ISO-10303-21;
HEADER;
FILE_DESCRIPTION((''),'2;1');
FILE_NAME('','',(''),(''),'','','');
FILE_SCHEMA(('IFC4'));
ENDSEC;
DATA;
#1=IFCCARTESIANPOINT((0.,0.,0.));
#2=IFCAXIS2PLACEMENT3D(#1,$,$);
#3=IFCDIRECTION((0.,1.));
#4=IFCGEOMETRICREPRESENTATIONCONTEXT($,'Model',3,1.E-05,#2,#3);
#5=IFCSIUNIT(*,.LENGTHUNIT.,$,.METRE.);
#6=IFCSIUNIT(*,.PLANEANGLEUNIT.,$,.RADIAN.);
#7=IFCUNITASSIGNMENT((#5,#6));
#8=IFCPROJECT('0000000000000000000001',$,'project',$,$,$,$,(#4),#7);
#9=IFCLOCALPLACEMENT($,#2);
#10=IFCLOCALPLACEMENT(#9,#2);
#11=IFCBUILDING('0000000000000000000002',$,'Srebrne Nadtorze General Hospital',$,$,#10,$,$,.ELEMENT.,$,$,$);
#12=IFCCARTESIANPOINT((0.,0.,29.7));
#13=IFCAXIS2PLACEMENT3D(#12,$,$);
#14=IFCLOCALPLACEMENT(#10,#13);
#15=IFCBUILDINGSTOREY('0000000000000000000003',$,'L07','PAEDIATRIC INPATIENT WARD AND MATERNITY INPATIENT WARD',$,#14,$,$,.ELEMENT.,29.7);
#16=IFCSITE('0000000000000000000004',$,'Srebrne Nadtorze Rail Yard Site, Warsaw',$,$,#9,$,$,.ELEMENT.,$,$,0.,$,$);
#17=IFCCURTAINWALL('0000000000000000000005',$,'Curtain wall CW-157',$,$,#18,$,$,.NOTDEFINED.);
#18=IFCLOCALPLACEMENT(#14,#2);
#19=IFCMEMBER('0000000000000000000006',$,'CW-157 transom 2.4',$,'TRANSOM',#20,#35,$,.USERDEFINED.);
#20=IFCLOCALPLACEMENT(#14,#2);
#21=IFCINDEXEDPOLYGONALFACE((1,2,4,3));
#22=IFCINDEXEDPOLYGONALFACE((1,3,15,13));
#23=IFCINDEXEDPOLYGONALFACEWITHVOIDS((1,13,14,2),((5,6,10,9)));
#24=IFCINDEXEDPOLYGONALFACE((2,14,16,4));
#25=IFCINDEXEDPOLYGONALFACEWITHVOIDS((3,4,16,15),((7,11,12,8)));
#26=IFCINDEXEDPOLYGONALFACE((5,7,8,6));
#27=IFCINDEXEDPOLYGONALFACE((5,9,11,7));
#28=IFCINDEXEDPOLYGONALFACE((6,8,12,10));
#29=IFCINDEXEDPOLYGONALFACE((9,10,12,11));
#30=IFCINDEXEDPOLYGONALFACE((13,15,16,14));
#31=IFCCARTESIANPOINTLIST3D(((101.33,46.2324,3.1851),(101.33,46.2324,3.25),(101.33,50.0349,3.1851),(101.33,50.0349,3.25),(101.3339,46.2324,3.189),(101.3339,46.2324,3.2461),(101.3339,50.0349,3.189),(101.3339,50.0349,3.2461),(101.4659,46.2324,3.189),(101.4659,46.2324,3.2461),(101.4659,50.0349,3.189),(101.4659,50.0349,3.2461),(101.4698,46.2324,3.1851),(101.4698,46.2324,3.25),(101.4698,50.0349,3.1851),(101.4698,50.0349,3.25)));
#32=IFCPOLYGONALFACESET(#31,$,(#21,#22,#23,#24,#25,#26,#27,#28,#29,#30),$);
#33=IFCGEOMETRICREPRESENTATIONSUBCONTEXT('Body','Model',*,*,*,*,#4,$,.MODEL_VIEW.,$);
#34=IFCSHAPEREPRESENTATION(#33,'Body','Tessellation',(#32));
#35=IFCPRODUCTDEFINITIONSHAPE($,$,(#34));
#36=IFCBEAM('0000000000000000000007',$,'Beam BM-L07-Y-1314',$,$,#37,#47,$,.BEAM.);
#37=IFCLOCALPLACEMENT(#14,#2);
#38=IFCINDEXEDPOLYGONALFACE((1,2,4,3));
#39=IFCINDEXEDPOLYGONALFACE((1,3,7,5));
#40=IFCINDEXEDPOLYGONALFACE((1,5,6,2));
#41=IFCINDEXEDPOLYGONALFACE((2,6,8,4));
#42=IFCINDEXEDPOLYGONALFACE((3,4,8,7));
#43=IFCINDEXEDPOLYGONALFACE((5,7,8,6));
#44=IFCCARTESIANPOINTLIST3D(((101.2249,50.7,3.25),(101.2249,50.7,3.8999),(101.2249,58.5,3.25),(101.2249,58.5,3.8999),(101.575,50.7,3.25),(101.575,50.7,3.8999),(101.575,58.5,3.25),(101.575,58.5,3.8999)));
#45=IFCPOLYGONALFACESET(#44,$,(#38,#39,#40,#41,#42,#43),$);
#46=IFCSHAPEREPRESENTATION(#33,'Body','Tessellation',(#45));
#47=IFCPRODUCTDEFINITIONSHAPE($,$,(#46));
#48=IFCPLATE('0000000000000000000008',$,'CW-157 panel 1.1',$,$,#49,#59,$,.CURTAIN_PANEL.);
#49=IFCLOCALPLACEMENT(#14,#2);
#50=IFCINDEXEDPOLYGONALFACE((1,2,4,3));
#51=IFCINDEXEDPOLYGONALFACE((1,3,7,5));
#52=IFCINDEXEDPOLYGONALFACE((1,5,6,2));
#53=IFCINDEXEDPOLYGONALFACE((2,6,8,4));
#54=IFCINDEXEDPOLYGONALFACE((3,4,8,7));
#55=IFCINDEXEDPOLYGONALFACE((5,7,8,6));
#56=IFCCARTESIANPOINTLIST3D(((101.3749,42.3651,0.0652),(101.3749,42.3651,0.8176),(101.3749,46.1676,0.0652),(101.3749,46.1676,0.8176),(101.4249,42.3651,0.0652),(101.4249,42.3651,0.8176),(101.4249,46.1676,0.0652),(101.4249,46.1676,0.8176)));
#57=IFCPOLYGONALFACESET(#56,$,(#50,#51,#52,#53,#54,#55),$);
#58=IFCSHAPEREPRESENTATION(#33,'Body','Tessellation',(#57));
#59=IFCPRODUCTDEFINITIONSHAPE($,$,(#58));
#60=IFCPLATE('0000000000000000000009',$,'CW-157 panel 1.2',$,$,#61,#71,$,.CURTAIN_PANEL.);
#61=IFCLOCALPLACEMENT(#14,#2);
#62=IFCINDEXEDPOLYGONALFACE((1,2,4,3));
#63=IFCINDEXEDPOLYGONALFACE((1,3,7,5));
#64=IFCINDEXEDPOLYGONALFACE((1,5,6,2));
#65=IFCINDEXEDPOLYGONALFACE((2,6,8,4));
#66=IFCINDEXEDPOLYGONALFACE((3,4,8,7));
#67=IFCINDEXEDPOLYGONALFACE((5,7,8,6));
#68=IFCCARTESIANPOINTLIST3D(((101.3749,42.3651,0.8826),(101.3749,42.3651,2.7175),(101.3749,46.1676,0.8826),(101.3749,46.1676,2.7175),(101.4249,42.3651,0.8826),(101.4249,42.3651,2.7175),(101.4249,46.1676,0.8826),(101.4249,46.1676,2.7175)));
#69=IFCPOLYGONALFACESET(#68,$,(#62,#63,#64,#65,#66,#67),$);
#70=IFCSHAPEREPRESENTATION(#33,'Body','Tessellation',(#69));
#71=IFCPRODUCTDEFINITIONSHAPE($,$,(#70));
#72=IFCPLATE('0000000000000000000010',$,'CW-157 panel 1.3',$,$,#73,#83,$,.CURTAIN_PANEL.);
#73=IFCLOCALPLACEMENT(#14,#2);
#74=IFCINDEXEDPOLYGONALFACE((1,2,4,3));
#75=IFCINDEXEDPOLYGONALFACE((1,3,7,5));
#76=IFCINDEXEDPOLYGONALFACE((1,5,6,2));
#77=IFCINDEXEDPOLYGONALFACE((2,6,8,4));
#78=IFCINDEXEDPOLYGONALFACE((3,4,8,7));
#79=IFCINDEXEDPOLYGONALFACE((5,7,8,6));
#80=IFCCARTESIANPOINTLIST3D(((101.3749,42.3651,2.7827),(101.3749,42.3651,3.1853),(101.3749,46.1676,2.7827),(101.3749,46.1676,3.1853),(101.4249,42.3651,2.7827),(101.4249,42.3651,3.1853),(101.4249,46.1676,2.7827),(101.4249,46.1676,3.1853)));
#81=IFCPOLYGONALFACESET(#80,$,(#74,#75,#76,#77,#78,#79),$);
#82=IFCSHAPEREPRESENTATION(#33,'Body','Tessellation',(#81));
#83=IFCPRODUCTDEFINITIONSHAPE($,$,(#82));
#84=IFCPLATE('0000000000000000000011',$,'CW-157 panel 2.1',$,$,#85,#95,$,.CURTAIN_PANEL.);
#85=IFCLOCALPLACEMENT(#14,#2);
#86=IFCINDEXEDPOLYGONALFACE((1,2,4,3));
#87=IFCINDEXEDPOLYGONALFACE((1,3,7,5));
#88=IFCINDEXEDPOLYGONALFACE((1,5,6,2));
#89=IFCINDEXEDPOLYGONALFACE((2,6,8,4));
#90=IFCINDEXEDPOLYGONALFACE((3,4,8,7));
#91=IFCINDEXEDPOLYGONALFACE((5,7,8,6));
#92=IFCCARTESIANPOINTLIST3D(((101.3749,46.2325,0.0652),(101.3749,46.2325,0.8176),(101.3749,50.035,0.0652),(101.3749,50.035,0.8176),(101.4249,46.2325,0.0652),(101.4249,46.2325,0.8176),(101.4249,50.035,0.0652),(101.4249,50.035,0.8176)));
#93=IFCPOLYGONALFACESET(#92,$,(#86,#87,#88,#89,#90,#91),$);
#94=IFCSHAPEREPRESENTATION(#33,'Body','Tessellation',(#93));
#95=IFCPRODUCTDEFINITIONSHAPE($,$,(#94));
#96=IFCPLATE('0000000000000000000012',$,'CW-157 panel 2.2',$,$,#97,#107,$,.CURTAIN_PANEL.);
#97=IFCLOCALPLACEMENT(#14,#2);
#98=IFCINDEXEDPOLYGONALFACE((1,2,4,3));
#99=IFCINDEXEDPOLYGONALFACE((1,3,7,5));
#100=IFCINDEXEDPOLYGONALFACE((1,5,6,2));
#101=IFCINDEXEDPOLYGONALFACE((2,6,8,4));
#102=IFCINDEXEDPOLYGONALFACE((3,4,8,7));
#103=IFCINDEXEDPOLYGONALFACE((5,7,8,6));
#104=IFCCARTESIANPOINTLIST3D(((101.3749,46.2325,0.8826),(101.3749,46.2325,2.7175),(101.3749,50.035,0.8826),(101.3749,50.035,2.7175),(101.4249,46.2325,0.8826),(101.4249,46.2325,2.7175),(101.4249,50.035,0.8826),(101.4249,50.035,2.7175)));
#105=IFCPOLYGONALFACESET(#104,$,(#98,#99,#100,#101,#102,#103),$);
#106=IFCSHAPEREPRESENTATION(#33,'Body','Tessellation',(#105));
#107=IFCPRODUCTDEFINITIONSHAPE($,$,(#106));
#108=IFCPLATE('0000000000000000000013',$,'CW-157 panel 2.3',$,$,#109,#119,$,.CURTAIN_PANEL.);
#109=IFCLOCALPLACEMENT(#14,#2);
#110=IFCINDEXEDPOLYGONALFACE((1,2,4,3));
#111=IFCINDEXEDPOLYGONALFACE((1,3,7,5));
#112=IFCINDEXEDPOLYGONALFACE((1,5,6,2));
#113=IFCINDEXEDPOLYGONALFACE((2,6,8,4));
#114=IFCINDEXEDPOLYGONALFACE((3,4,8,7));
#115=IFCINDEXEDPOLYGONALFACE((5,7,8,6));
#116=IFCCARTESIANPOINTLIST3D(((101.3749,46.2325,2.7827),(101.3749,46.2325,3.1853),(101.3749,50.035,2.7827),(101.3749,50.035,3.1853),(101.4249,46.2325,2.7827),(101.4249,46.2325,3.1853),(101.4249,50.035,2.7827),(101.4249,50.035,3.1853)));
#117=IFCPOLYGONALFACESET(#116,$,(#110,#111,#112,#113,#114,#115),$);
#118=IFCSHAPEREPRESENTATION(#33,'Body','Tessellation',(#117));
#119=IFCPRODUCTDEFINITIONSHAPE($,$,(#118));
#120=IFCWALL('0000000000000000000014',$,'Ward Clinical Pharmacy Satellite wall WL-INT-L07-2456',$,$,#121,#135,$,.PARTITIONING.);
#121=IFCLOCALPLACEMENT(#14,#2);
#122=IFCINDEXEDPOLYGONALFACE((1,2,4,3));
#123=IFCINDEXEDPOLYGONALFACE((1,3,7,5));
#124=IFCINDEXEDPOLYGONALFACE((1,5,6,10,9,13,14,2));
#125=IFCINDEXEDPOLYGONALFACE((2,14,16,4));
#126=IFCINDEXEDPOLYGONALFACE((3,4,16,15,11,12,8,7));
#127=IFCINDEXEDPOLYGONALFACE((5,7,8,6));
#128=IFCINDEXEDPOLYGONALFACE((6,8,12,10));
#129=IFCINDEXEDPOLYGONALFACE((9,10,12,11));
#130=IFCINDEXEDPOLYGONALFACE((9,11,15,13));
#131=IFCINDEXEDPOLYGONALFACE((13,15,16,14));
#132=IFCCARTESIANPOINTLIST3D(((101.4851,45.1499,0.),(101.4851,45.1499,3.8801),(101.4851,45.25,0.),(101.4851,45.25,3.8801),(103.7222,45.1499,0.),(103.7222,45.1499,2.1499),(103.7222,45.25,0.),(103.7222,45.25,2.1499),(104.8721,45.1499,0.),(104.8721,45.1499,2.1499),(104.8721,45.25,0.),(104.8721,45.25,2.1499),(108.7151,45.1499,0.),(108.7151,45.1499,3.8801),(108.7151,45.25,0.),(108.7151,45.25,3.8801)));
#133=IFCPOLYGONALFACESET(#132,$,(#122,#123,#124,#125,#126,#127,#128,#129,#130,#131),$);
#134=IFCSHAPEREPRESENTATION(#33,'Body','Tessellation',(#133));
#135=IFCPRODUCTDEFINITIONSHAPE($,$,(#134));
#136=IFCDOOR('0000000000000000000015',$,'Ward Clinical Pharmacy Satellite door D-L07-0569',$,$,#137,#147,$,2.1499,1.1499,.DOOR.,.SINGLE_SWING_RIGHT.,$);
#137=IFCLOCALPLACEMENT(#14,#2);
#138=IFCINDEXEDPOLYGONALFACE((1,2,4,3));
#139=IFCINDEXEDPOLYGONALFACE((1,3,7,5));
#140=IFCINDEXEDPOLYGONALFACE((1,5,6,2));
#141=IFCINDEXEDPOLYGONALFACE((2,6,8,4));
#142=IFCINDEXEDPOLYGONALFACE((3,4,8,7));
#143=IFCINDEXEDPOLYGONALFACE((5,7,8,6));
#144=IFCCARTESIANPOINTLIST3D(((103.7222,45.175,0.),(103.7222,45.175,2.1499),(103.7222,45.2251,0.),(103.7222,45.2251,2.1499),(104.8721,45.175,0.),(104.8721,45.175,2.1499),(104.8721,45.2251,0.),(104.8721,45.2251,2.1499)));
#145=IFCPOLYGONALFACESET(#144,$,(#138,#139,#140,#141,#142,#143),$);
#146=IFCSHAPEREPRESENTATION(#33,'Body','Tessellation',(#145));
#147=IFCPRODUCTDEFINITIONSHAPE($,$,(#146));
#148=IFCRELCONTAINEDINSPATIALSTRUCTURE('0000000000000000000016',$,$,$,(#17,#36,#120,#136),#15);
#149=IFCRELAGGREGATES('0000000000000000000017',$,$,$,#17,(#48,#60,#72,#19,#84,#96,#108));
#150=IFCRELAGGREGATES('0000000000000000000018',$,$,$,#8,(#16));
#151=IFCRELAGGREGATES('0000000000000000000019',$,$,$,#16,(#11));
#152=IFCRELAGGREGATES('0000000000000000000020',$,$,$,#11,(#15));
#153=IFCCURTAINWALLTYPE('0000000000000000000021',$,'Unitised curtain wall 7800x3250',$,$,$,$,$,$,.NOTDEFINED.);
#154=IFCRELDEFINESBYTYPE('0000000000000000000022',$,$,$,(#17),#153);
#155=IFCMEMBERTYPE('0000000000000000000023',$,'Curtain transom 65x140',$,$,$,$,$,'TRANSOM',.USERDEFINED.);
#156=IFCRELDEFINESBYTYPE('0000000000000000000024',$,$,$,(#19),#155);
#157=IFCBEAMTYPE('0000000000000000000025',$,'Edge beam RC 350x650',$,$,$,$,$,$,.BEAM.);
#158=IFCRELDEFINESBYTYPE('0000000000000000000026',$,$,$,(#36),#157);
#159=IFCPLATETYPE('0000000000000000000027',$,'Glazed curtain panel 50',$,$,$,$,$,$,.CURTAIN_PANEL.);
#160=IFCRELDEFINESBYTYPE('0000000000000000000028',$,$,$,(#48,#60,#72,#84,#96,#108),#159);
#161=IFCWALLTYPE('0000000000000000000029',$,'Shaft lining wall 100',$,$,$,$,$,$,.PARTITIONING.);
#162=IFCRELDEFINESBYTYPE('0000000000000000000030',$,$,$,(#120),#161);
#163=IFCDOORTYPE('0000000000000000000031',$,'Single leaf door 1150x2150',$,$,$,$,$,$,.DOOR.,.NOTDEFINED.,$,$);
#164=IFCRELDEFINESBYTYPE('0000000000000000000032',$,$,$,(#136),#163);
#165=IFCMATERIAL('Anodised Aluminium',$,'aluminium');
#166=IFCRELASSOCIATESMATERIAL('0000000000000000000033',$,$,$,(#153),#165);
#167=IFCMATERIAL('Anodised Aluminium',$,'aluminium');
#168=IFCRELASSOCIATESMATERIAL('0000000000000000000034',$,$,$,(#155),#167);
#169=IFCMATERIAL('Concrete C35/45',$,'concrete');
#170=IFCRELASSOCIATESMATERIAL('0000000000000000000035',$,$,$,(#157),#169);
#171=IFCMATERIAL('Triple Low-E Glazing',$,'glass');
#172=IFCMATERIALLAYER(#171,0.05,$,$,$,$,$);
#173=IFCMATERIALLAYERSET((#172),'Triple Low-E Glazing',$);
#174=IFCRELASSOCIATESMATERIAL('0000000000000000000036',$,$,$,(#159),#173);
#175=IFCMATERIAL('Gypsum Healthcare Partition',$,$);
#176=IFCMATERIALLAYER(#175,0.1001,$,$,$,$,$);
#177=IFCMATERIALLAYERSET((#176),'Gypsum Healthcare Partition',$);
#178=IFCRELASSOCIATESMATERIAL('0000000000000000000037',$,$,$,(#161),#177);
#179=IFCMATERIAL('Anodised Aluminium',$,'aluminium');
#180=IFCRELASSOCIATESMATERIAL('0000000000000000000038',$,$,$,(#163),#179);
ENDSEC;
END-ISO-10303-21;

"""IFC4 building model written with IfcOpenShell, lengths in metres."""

from ifc_helpers import new_model, si_unit, direction, frame, frame_2d, origin, origin_2d, place, context, subcontext, project, spatial, rectangle, hollow_rectangle, extrude, material, layer, layer_set, material_profile, profile_set, type_object, element, fill, aggregate, save


model = new_model("IFC4")

# Units and contexts
model_context = context("Model", 3, precision=1e-05, world=origin(), true_north=direction((0.0, 1.0)))
body_context = subcontext(model_context, "Body", "Model", "MODEL_VIEW")
ifc_project = project(units=[si_unit("LENGTHUNIT", "METRE"), si_unit("PLANEANGLEUNIT", "RADIAN")], contexts=[model_context])

# Site, building, storey
site_placement = place(None, origin())
site = spatial("IfcSite", under=ifc_project, at=site_placement, Name="Srebrne Nadtorze Rail Yard Site, Warsaw", CompositionType="ELEMENT", RefElevation=0.0)
building_placement = place(site_placement, origin())
building = spatial("IfcBuilding", under=site, at=building_placement, Name="Srebrne Nadtorze General Hospital", CompositionType="ELEMENT")
storey_placement = place(building_placement, frame((0.0, 0.0, 29.7)))
storey = spatial("IfcBuildingStorey", under=building, at=storey_placement, Name="L07", Description="PAEDIATRIC INPATIENT WARD AND MATERNITY INPATIENT WARD", CompositionType="ELEMENT", Elevation=29.7)

# Curtain wall, member
ifc_material_1 = material(Name="Anodised Aluminium", Category="aluminium")
curtain_wall_type = type_object("IfcCurtainWallType", Name="Unitised curtain wall 7800x3250", PredefinedType="NOTDEFINED", material=ifc_material_1)
curtain_wall_placement = place(storey_placement, origin())
curtain_wall = element("IfcCurtainWall", 1, at=curtain_wall_placement, inside=storey, type_object=curtain_wall_type, Name="Curtain wall CW-157", PredefinedType="NOTDEFINED")
ifc_material_2 = material(Name="Anodised Aluminium", Category="aluminium")
ifc_material_profile_1 = material_profile(ifc_material_2, hollow_rectangle(XDim=0.0649, YDim=0.1399, WallThickness=0.0039, at=origin_2d()), Name="AL-TRN-65x140")
ifc_profile_set_1 = profile_set([ifc_material_profile_1], Name="Anodised Aluminium")
member_type_1 = type_object("IfcMemberType", Name="Curtain transom 65x140", ElementType="TRANSOM", PredefinedType="USERDEFINED", material=ifc_profile_set_1)
member_1_placement = place(storey_placement, frame((101.3999, 46.2324, 3.2175), z_axis=(0.0, 1.0, 0.0), x_axis=(0.0, 0.0, 1.0)))
member_1 = element("IfcMember", 2, at=member_1_placement, type_object=member_type_1, Name="CW-157 transom 2.4", ObjectType="TRANSOM", PredefinedType="USERDEFINED", context=body_context, shape_type="SweptSolid", body=[
    extrude(hollow_rectangle(XDim=0.0649, YDim=0.1399, WallThickness=0.0039, at=origin_2d()), origin(), (0.0, 0.0, 1.0), 3.8025),
])

# Beam
ifc_material_3 = material(Name="Concrete C35/45", Category="concrete")
ifc_material_profile_2 = material_profile(ifc_material_3, rectangle(XDim=0.3501, YDim=0.6499, at=origin_2d()), Name="RC-BM-350x650")
ifc_profile_set_2 = profile_set([ifc_material_profile_2], Name="Concrete C35/45")
beam_type = type_object("IfcBeamType", Name="Edge beam RC 350x650", PredefinedType="BEAM", material=ifc_profile_set_2)
beam_placement = place(storey_placement, frame((101.3999, 50.7, 3.575), z_axis=(0.0, 1.0, 0.0), x_axis=(-1.0, 0.0, 0.0)))
element("IfcBeam", 3, at=beam_placement, inside=storey, type_object=beam_type, Name="Beam BM-L07-Y-1314", PredefinedType="BEAM", context=body_context, shape_type="SweptSolid", body=[
    extrude(rectangle(XDim=0.3501, YDim=0.6499, at=origin_2d()), origin(), (0.0, 0.0, 1.0), 7.8),
])

# Plates
ifc_material_4 = material(Name="Triple Low-E Glazing", Category="glass")
ifc_layer_1 = layer(ifc_material_4, 0.05)
ifc_layer_set_1 = layer_set([ifc_layer_1], Name="Triple Low-E Glazing")
plate_type = type_object("IfcPlateType", Name="Glazed curtain panel 50", PredefinedType="CURTAIN_PANEL", material=ifc_layer_set_1)
plate_1_placement = place(storey_placement, frame((101.3999, 44.2664, 0.0652), z_axis=(0.0, 0.0, 1.0), x_axis=(0.0, 1.0, 0.0)))
plate_1 = element("IfcPlate", 4, at=plate_1_placement, type_object=plate_type, Name="CW-157 panel 1.1", PredefinedType="CURTAIN_PANEL", context=body_context, shape_type="SweptSolid", body=[
    extrude(rectangle(XDim=3.8025, YDim=0.05, at=origin_2d()), origin(), (0.0, 0.0, 1.0), 0.7524),
])
plate_2_placement = place(storey_placement, frame((101.3999, 44.2664, 0.8826), z_axis=(0.0, 0.0, 1.0), x_axis=(0.0, 1.0, 0.0)))
plate_2 = element("IfcPlate", 5, at=plate_2_placement, type_object=plate_type, Name="CW-157 panel 1.2", PredefinedType="CURTAIN_PANEL", context=body_context, shape_type="SweptSolid", body=[
    extrude(rectangle(XDim=3.8025, YDim=0.05, at=origin_2d()), origin(), (0.0, 0.0, 1.0), 1.835),
])
plate_3_placement = place(storey_placement, frame((101.3999, 44.2664, 2.7827), z_axis=(0.0, 0.0, 1.0), x_axis=(0.0, 1.0, 0.0)))
plate_3 = element("IfcPlate", 6, at=plate_3_placement, type_object=plate_type, Name="CW-157 panel 1.3", PredefinedType="CURTAIN_PANEL", context=body_context, shape_type="SweptSolid", body=[
    extrude(rectangle(XDim=3.8025, YDim=0.05, at=origin_2d()), origin(), (0.0, 0.0, 1.0), 0.4026),
])
plate_4_placement = place(storey_placement, frame((101.3999, 48.1338, 0.0652), z_axis=(0.0, 0.0, 1.0), x_axis=(0.0, 1.0, 0.0)))
plate_4 = element("IfcPlate", 7, at=plate_4_placement, type_object=plate_type, Name="CW-157 panel 2.1", PredefinedType="CURTAIN_PANEL", context=body_context, shape_type="SweptSolid", body=[
    extrude(rectangle(XDim=3.8025, YDim=0.05, at=origin_2d()), origin(), (0.0, 0.0, 1.0), 0.7524),
])
plate_5_placement = place(storey_placement, frame((101.3999, 48.1338, 0.8826), z_axis=(0.0, 0.0, 1.0), x_axis=(0.0, 1.0, 0.0)))
plate_5 = element("IfcPlate", 8, at=plate_5_placement, type_object=plate_type, Name="CW-157 panel 2.2", PredefinedType="CURTAIN_PANEL", context=body_context, shape_type="SweptSolid", body=[
    extrude(rectangle(XDim=3.8025, YDim=0.05, at=origin_2d()), origin(), (0.0, 0.0, 1.0), 1.835),
])
plate_6_placement = place(storey_placement, frame((101.3999, 48.1338, 2.7827), z_axis=(0.0, 0.0, 1.0), x_axis=(0.0, 1.0, 0.0)))
plate_6 = element("IfcPlate", 9, at=plate_6_placement, type_object=plate_type, Name="CW-157 panel 2.3", PredefinedType="CURTAIN_PANEL", context=body_context, shape_type="SweptSolid", body=[
    extrude(rectangle(XDim=3.8025, YDim=0.05, at=origin_2d()), origin(), (0.0, 0.0, 1.0), 0.4026),
])
aggregate(curtain_wall, [plate_1, plate_2, plate_3, member_1, plate_4, plate_5, plate_6])

# Wall, opening, door
ifc_material_5 = material(Name="Gypsum Healthcare Partition")
ifc_layer_2 = layer(ifc_material_5, 0.1001)
ifc_layer_set_2 = layer_set([ifc_layer_2], Name="Gypsum Healthcare Partition")
wall_type_1 = type_object("IfcWallType", Name="Shaft lining wall 100", PredefinedType="PARTITIONING", material=ifc_layer_set_2)
wall_1_placement = place(storey_placement, frame((101.4851, 45.2, 0.0), z_axis=(0.0, 0.0, 1.0), x_axis=(1.0, 0.0, 0.0)))
wall_1 = element("IfcWall", 10, at=wall_1_placement, inside=storey, type_object=wall_type_1, Name="Ward Clinical Pharmacy Satellite wall WL-INT-L07-2456", PredefinedType="PARTITIONING", context=body_context, shape_type="SweptSolid", body=[
    extrude(rectangle(XDim=7.23, YDim=0.1001, at=frame_2d((3.615, 0.0))), origin(), (0.0, 0.0, 1.0), 3.8801),
])
opening_1_placement = place(wall_1_placement, frame((2.2371, 0.0, 0.0)))
opening_1 = element("IfcOpeningElement", 11, at=opening_1_placement, cuts=wall_1, PredefinedType="OPENING", context=body_context, shape_type="SweptSolid", body=[
    extrude(rectangle(XDim=1.1499, YDim=2.1499, at=frame_2d((0.575, 1.075))), frame((0.0, 0.062, 0.0), z_axis=(0.0, -1.0, 0.0), x_axis=(1.0, 0.0, 0.0)), (0.0, 0.0, 1.0), 0.124),
])
ifc_material_6 = material(Name="Anodised Aluminium", Category="aluminium")
door_type = type_object("IfcDoorType", Name="Single leaf door 1150x2150", OperationType="NOTDEFINED", PredefinedType="DOOR", material=ifc_material_6)
door_placement = place(opening_1_placement, frame((1.1499, 0.0, 0.0), z_axis=(0.0, 0.0, 1.0), x_axis=(-1.0, 0.0, 0.0)))
door = element("IfcDoor", 12, at=door_placement, inside=storey, type_object=door_type, Name="Ward Clinical Pharmacy Satellite door D-L07-0569", OperationType="SINGLE_SWING_RIGHT", OverallHeight=2.1499, OverallWidth=1.1499, PredefinedType="DOOR", context=body_context, shape_type="SweptSolid", body=[
    extrude(rectangle(XDim=1.1499, YDim=2.1499, at=frame_2d((0.575, 1.075))), frame((0.0, 0.0249, 0.0), z_axis=(0.0, -1.0, 0.0), x_axis=(1.0, 0.0, 0.0)), (0.0, 0.0, 1.0), 0.05),
])
fill(opening_1, door)

save(model, "model.ifc")
